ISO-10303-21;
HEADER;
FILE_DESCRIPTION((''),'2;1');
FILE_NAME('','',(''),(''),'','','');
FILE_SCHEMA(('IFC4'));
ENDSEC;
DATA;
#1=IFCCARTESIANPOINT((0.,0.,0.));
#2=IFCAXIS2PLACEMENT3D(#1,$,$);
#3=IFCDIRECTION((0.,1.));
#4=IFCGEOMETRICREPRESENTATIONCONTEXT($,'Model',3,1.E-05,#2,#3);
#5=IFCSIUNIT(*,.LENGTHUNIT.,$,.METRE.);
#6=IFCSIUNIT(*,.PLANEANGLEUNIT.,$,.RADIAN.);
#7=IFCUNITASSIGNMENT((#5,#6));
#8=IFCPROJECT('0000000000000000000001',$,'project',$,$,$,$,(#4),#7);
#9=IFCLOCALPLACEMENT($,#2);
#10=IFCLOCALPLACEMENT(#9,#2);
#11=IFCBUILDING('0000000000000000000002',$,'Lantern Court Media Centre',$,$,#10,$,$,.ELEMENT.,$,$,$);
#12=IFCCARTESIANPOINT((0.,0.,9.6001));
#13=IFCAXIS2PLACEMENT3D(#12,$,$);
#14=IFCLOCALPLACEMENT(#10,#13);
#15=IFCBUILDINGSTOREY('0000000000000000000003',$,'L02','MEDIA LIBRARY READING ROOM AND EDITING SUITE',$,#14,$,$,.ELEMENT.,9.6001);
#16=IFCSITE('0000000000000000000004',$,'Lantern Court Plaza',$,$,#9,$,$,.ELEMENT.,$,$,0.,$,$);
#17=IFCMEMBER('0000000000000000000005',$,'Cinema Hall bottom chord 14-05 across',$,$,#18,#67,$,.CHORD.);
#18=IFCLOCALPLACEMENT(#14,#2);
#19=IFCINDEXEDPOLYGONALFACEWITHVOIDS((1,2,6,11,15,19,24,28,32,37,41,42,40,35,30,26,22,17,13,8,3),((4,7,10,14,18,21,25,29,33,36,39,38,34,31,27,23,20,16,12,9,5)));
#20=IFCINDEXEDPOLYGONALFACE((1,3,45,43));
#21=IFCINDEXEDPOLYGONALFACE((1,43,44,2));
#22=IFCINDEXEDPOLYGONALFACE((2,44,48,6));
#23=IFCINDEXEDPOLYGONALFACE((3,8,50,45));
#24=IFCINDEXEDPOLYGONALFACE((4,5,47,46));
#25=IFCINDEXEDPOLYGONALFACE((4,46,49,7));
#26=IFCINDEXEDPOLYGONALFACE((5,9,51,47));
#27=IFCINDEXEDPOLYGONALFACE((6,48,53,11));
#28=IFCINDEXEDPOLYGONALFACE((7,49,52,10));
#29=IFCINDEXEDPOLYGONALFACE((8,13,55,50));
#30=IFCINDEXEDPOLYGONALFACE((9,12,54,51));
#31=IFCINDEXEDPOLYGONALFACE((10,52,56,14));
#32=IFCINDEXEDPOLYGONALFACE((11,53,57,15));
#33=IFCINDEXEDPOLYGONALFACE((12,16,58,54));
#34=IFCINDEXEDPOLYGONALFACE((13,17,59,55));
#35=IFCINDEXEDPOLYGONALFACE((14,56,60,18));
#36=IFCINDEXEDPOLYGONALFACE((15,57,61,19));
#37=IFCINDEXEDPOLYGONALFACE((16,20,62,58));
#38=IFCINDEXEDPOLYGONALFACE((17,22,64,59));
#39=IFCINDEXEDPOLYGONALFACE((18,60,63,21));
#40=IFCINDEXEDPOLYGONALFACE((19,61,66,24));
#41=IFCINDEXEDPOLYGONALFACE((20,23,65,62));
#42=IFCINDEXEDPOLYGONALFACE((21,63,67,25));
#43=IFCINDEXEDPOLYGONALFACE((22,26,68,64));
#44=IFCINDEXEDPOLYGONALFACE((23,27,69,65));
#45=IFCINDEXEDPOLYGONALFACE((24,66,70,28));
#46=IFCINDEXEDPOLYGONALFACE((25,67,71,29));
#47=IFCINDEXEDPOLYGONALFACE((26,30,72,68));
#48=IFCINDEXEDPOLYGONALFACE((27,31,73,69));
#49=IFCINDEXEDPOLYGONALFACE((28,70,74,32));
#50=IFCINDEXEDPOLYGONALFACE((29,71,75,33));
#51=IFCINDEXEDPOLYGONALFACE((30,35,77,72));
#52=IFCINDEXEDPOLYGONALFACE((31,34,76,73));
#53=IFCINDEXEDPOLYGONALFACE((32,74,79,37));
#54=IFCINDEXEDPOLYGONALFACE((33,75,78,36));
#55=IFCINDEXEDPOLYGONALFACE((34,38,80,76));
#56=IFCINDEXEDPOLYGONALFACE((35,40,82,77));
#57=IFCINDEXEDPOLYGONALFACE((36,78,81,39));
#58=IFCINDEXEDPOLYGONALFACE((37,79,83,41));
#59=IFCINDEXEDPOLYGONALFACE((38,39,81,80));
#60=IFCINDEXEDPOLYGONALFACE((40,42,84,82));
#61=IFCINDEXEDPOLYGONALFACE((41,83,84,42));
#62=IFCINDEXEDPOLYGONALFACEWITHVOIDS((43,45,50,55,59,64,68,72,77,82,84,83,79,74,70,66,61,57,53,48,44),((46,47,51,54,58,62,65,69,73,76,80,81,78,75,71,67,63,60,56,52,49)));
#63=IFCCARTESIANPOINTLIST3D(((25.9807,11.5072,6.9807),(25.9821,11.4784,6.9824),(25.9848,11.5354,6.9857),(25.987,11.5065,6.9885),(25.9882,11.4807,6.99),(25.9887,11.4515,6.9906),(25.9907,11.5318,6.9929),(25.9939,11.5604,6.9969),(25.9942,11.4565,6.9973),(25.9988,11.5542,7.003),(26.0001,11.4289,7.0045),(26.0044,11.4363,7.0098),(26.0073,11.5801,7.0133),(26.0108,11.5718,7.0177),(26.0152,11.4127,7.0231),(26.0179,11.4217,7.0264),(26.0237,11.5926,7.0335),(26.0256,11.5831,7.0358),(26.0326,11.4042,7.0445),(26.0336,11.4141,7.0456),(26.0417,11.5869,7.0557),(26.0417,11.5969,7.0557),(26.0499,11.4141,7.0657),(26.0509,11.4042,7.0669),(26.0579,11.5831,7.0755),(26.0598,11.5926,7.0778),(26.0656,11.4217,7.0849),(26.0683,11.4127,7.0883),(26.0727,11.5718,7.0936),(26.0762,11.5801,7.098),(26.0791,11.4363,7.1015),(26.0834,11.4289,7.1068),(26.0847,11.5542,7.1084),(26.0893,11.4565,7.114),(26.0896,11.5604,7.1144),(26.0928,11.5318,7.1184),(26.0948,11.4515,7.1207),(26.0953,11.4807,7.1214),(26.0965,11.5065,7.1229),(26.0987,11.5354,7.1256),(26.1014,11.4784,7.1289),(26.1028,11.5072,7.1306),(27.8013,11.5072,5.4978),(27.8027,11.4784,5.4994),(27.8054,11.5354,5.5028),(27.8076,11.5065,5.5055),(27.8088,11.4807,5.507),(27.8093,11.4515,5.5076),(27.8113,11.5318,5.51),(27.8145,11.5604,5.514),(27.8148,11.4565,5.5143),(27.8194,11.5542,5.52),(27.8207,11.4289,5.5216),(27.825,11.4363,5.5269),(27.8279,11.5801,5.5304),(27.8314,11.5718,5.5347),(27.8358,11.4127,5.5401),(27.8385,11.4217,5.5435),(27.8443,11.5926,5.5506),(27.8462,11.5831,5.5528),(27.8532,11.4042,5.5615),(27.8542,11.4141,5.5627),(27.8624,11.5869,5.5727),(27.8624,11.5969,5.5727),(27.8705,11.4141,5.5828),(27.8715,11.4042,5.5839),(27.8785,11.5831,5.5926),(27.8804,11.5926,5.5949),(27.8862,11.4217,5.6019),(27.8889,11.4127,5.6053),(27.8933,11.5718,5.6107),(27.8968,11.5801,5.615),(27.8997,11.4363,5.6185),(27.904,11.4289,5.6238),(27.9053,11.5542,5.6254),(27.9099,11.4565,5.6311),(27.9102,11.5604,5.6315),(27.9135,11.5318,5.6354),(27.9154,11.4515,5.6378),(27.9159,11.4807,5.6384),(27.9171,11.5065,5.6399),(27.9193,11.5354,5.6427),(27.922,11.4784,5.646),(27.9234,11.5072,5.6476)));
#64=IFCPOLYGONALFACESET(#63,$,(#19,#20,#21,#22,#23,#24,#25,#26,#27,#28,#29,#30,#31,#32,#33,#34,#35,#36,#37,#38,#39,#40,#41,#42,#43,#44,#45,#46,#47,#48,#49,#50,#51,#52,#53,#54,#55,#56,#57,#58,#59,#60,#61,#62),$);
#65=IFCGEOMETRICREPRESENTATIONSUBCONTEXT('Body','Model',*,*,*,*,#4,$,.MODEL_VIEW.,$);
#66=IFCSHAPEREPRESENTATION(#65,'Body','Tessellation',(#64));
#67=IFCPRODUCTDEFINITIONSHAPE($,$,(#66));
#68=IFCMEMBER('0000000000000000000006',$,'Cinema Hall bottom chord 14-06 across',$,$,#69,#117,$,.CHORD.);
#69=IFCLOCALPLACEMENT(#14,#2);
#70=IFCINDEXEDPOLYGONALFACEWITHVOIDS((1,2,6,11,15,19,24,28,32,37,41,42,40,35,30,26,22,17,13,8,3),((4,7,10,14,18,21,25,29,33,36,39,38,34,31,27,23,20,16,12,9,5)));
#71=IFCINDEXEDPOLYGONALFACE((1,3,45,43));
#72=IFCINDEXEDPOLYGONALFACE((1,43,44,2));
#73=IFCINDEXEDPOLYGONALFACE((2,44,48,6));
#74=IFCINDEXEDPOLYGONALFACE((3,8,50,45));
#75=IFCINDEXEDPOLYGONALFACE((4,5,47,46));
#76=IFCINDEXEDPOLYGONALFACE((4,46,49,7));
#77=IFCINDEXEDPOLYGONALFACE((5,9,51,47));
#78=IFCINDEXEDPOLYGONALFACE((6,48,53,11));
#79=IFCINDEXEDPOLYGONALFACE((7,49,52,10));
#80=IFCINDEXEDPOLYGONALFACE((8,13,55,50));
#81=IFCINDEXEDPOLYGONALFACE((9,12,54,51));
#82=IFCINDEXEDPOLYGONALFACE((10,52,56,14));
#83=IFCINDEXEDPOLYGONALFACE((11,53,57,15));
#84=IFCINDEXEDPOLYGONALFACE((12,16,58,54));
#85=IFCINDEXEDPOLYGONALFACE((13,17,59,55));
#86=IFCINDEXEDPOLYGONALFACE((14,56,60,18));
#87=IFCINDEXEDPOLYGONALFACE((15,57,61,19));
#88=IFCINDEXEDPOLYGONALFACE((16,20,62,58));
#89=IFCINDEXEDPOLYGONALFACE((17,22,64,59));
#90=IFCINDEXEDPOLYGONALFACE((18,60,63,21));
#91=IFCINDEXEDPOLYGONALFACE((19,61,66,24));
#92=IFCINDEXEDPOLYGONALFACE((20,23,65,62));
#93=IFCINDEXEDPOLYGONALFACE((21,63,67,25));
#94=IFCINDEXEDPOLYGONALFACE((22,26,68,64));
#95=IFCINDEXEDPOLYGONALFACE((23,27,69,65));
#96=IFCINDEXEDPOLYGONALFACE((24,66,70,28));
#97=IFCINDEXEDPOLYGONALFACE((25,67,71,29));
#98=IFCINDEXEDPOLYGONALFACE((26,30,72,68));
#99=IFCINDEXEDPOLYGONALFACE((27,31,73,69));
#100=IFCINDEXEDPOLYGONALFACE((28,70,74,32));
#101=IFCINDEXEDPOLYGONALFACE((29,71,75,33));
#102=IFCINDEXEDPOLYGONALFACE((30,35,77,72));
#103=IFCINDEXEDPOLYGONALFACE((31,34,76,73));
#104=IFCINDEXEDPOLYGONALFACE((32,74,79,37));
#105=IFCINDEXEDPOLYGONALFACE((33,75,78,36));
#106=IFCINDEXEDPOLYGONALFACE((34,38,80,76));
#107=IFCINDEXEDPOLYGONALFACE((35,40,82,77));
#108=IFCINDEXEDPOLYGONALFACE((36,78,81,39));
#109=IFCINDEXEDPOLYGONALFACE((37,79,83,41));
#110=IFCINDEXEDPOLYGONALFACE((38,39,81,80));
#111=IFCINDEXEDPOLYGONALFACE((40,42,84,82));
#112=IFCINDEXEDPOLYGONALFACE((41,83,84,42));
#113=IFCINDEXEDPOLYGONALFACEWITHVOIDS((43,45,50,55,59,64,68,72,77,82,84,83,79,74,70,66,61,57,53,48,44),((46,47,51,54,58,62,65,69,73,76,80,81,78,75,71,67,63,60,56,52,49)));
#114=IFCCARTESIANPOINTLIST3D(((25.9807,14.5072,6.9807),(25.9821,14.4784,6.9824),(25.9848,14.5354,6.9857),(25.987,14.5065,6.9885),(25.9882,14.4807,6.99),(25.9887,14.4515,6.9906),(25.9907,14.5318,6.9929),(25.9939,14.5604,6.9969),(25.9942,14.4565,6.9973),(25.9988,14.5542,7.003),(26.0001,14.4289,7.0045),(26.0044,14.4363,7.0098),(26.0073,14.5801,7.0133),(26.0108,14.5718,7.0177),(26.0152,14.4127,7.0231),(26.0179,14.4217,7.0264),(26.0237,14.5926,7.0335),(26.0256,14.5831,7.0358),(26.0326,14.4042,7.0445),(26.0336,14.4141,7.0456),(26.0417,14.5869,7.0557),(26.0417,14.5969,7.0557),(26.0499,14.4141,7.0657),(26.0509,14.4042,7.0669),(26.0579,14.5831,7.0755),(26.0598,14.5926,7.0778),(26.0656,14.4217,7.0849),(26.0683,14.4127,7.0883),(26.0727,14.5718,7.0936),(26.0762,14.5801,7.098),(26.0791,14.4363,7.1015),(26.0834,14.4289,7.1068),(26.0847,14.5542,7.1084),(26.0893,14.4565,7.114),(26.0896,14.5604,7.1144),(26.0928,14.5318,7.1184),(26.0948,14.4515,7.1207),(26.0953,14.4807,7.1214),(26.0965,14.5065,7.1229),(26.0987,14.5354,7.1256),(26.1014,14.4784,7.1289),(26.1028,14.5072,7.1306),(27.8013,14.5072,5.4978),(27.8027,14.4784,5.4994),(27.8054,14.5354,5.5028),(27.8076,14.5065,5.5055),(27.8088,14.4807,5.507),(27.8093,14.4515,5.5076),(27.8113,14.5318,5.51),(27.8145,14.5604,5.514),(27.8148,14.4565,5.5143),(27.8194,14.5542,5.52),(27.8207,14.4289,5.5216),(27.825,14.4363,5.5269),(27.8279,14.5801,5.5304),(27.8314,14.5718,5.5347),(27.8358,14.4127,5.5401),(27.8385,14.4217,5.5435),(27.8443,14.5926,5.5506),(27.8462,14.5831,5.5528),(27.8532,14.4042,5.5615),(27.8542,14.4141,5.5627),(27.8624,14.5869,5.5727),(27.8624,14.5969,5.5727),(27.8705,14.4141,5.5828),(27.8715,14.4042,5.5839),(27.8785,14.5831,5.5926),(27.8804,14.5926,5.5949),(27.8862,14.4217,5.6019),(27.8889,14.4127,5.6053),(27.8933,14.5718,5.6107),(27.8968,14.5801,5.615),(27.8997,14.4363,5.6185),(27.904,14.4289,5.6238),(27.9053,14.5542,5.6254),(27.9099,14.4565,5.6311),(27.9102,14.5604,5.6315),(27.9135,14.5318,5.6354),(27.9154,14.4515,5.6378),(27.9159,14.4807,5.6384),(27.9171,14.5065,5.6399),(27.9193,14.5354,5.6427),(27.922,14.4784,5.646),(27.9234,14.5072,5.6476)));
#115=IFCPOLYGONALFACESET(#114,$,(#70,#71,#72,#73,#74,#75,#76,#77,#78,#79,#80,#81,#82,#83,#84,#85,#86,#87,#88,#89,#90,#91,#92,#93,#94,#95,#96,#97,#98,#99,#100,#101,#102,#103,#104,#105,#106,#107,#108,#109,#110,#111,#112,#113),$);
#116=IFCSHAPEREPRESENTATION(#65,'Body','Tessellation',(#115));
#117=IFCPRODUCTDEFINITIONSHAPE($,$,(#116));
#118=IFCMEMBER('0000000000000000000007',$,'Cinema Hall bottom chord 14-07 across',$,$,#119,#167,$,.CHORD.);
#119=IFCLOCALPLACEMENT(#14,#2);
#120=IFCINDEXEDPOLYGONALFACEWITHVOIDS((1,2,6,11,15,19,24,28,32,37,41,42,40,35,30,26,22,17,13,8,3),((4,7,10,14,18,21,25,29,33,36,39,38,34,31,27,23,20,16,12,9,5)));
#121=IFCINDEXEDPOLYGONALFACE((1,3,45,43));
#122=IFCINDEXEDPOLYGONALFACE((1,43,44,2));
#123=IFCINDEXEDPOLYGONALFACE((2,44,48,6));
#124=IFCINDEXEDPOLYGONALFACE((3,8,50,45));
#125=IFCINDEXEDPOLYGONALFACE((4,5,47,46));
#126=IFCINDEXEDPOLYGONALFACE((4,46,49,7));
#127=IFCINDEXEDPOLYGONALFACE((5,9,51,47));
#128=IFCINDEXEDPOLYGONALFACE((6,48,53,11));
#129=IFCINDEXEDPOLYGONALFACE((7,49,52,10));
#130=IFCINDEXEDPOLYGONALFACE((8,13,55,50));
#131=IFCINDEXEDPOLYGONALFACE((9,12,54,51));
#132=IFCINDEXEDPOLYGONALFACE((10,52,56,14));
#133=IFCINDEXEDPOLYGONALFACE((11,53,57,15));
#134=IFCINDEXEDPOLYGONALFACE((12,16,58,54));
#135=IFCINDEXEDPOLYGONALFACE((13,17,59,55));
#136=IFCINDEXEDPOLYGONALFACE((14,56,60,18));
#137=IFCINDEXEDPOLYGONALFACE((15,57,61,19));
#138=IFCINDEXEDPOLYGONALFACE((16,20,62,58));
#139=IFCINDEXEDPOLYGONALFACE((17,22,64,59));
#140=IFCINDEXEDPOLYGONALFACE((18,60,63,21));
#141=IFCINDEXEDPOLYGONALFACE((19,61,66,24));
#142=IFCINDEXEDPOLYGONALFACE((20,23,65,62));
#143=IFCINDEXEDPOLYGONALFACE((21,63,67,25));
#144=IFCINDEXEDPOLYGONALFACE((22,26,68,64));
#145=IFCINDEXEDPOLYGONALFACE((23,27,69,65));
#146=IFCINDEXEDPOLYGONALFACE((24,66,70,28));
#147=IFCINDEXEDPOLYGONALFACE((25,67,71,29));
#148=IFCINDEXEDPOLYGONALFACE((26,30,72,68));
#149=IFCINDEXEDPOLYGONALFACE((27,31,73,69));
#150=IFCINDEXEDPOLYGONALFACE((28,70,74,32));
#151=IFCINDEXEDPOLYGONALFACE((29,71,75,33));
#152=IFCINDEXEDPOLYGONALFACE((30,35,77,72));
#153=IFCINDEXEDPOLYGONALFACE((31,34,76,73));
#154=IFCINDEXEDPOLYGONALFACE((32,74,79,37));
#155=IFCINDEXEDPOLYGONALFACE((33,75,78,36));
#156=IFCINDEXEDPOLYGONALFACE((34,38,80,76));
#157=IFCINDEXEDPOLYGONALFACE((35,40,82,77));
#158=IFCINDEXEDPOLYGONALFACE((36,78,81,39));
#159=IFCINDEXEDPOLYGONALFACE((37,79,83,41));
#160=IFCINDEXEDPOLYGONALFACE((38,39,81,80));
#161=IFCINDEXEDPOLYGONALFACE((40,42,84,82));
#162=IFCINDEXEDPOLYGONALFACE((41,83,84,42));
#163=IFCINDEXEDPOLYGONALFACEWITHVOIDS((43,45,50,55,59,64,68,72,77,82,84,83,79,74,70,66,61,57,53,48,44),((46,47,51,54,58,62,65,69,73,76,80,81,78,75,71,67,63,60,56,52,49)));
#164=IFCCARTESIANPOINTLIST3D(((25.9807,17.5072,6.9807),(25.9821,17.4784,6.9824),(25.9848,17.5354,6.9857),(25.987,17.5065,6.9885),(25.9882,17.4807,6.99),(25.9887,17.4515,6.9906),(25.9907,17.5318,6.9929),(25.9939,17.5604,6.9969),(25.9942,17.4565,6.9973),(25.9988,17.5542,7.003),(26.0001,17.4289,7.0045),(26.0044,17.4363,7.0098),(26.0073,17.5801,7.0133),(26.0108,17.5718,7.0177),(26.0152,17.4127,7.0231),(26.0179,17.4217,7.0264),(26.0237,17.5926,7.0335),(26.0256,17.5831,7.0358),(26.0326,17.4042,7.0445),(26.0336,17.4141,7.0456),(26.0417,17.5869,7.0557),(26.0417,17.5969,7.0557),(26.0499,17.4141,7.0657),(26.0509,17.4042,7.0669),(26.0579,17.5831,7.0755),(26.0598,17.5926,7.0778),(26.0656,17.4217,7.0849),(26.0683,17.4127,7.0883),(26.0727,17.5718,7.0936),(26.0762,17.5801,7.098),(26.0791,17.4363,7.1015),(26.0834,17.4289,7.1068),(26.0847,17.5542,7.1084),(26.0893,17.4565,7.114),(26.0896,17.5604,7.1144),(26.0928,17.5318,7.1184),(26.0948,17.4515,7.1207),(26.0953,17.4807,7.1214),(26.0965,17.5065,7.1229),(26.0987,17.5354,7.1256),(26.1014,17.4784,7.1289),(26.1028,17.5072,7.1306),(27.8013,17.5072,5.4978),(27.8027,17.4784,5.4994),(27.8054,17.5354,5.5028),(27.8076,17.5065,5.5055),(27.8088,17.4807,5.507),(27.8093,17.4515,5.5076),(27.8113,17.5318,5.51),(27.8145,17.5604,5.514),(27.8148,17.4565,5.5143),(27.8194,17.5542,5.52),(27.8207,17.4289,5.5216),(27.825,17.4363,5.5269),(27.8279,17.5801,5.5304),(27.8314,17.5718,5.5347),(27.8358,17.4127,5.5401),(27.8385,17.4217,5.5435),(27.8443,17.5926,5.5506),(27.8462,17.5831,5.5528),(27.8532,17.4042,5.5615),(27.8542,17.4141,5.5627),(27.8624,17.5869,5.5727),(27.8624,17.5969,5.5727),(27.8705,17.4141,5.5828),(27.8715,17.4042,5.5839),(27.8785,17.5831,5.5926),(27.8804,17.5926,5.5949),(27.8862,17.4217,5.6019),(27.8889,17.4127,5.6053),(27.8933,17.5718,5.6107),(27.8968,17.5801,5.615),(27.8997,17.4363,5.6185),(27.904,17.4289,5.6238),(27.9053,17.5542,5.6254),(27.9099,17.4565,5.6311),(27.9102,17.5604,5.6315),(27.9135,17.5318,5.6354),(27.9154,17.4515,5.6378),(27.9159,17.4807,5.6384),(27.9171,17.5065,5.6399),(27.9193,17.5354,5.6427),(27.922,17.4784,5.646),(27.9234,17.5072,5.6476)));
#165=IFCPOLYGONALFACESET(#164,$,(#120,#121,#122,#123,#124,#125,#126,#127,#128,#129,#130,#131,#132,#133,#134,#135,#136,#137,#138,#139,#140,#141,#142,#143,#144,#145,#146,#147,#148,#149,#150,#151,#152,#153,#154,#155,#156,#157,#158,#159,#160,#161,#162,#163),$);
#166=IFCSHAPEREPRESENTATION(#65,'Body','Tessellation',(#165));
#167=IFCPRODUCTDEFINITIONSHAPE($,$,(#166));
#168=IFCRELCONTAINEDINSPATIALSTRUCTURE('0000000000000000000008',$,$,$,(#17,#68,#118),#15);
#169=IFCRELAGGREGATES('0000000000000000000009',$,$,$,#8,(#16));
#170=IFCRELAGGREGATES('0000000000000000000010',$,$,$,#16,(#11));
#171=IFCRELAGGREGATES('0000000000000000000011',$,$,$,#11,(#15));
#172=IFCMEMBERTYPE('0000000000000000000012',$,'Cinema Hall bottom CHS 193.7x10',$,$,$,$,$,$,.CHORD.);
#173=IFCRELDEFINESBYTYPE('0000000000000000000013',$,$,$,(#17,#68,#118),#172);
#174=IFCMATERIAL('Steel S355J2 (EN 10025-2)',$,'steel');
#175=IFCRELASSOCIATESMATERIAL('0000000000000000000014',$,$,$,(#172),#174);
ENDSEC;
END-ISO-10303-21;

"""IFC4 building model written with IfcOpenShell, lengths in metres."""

from ifc_helpers import new_model, si_unit, direction, frame, origin, origin_2d, place, context, subcontext, project, spatial, hollow_circle, extrude, material, material_profile, profile_set, type_object, element, save


model = new_model("IFC4")

# Units and contexts
model_context = context("Model", 3, precision=1e-05, world=origin(), true_north=direction((0.0, 1.0)))
body_context = subcontext(model_context, "Body", "Model", "MODEL_VIEW")
ifc_project = project(units=[si_unit("LENGTHUNIT", "METRE"), si_unit("PLANEANGLEUNIT", "RADIAN")], contexts=[model_context])

# Site, building, storey
site_placement = place(None, origin())
site = spatial("IfcSite", under=ifc_project, at=site_placement, Name="Lantern Court Plaza", CompositionType="ELEMENT", RefElevation=0.0)
building_placement = place(site_placement, origin())
building = spatial("IfcBuilding", under=site, at=building_placement, Name="Lantern Court Media Centre", CompositionType="ELEMENT")
storey_placement = place(building_placement, frame((0.0, 0.0, 9.6001)))
storey = spatial("IfcBuildingStorey", under=building, at=storey_placement, Name="L02", Description="MEDIA LIBRARY READING ROOM AND EDITING SUITE", CompositionType="ELEMENT", Elevation=9.6001)

# Members
ifc_material = material(Name="Steel S355J2 (EN 10025-2)", Category="steel")
ifc_material_profile_1 = material_profile(ifc_material, hollow_circle(Radius=0.0969, WallThickness=0.01, at=origin_2d()), Name="Cinema Hall bottom CHS 193.7x10")
ifc_profile_set_1 = profile_set([ifc_material_profile_1], Name="Steel S355J2 (EN 10025-2)")
member_type_1 = type_object("IfcMemberType", Name="Cinema Hall bottom CHS 193.7x10", PredefinedType="CHORD", material=ifc_profile_set_1)
for number, where, z_axis, x_axis, name in (
    (1, (26.0417, 11.5, 7.0557), (0.775341, 0.0, -0.631543), (0.0, 1.0, 0.0), "Cinema Hall bottom chord 14-05 across"),
    (2, (26.0417, 14.5, 7.0557), (0.775341, 0.0, -0.631543), (0.0, 1.0, 0.0), "Cinema Hall bottom chord 14-06 across"),
    (3, (26.0417, 17.5, 7.0557), (0.775341, 0.0, -0.631543), (0.0, 1.0, 0.0), "Cinema Hall bottom chord 14-07 across"),
):
    element("IfcMember", number, at=place(storey_placement, frame(where, z_axis=z_axis, x_axis=x_axis)), inside=storey, type_object=member_type_1, Name=name, PredefinedType="CHORD", context=body_context, shape_type="SweptSolid", body=[
        extrude(hollow_circle(Radius=0.0969, WallThickness=0.01, at=origin_2d()), origin(), (0.0, 0.0, 1.0), 2.3481),
    ])

save(model, "model.ifc")
